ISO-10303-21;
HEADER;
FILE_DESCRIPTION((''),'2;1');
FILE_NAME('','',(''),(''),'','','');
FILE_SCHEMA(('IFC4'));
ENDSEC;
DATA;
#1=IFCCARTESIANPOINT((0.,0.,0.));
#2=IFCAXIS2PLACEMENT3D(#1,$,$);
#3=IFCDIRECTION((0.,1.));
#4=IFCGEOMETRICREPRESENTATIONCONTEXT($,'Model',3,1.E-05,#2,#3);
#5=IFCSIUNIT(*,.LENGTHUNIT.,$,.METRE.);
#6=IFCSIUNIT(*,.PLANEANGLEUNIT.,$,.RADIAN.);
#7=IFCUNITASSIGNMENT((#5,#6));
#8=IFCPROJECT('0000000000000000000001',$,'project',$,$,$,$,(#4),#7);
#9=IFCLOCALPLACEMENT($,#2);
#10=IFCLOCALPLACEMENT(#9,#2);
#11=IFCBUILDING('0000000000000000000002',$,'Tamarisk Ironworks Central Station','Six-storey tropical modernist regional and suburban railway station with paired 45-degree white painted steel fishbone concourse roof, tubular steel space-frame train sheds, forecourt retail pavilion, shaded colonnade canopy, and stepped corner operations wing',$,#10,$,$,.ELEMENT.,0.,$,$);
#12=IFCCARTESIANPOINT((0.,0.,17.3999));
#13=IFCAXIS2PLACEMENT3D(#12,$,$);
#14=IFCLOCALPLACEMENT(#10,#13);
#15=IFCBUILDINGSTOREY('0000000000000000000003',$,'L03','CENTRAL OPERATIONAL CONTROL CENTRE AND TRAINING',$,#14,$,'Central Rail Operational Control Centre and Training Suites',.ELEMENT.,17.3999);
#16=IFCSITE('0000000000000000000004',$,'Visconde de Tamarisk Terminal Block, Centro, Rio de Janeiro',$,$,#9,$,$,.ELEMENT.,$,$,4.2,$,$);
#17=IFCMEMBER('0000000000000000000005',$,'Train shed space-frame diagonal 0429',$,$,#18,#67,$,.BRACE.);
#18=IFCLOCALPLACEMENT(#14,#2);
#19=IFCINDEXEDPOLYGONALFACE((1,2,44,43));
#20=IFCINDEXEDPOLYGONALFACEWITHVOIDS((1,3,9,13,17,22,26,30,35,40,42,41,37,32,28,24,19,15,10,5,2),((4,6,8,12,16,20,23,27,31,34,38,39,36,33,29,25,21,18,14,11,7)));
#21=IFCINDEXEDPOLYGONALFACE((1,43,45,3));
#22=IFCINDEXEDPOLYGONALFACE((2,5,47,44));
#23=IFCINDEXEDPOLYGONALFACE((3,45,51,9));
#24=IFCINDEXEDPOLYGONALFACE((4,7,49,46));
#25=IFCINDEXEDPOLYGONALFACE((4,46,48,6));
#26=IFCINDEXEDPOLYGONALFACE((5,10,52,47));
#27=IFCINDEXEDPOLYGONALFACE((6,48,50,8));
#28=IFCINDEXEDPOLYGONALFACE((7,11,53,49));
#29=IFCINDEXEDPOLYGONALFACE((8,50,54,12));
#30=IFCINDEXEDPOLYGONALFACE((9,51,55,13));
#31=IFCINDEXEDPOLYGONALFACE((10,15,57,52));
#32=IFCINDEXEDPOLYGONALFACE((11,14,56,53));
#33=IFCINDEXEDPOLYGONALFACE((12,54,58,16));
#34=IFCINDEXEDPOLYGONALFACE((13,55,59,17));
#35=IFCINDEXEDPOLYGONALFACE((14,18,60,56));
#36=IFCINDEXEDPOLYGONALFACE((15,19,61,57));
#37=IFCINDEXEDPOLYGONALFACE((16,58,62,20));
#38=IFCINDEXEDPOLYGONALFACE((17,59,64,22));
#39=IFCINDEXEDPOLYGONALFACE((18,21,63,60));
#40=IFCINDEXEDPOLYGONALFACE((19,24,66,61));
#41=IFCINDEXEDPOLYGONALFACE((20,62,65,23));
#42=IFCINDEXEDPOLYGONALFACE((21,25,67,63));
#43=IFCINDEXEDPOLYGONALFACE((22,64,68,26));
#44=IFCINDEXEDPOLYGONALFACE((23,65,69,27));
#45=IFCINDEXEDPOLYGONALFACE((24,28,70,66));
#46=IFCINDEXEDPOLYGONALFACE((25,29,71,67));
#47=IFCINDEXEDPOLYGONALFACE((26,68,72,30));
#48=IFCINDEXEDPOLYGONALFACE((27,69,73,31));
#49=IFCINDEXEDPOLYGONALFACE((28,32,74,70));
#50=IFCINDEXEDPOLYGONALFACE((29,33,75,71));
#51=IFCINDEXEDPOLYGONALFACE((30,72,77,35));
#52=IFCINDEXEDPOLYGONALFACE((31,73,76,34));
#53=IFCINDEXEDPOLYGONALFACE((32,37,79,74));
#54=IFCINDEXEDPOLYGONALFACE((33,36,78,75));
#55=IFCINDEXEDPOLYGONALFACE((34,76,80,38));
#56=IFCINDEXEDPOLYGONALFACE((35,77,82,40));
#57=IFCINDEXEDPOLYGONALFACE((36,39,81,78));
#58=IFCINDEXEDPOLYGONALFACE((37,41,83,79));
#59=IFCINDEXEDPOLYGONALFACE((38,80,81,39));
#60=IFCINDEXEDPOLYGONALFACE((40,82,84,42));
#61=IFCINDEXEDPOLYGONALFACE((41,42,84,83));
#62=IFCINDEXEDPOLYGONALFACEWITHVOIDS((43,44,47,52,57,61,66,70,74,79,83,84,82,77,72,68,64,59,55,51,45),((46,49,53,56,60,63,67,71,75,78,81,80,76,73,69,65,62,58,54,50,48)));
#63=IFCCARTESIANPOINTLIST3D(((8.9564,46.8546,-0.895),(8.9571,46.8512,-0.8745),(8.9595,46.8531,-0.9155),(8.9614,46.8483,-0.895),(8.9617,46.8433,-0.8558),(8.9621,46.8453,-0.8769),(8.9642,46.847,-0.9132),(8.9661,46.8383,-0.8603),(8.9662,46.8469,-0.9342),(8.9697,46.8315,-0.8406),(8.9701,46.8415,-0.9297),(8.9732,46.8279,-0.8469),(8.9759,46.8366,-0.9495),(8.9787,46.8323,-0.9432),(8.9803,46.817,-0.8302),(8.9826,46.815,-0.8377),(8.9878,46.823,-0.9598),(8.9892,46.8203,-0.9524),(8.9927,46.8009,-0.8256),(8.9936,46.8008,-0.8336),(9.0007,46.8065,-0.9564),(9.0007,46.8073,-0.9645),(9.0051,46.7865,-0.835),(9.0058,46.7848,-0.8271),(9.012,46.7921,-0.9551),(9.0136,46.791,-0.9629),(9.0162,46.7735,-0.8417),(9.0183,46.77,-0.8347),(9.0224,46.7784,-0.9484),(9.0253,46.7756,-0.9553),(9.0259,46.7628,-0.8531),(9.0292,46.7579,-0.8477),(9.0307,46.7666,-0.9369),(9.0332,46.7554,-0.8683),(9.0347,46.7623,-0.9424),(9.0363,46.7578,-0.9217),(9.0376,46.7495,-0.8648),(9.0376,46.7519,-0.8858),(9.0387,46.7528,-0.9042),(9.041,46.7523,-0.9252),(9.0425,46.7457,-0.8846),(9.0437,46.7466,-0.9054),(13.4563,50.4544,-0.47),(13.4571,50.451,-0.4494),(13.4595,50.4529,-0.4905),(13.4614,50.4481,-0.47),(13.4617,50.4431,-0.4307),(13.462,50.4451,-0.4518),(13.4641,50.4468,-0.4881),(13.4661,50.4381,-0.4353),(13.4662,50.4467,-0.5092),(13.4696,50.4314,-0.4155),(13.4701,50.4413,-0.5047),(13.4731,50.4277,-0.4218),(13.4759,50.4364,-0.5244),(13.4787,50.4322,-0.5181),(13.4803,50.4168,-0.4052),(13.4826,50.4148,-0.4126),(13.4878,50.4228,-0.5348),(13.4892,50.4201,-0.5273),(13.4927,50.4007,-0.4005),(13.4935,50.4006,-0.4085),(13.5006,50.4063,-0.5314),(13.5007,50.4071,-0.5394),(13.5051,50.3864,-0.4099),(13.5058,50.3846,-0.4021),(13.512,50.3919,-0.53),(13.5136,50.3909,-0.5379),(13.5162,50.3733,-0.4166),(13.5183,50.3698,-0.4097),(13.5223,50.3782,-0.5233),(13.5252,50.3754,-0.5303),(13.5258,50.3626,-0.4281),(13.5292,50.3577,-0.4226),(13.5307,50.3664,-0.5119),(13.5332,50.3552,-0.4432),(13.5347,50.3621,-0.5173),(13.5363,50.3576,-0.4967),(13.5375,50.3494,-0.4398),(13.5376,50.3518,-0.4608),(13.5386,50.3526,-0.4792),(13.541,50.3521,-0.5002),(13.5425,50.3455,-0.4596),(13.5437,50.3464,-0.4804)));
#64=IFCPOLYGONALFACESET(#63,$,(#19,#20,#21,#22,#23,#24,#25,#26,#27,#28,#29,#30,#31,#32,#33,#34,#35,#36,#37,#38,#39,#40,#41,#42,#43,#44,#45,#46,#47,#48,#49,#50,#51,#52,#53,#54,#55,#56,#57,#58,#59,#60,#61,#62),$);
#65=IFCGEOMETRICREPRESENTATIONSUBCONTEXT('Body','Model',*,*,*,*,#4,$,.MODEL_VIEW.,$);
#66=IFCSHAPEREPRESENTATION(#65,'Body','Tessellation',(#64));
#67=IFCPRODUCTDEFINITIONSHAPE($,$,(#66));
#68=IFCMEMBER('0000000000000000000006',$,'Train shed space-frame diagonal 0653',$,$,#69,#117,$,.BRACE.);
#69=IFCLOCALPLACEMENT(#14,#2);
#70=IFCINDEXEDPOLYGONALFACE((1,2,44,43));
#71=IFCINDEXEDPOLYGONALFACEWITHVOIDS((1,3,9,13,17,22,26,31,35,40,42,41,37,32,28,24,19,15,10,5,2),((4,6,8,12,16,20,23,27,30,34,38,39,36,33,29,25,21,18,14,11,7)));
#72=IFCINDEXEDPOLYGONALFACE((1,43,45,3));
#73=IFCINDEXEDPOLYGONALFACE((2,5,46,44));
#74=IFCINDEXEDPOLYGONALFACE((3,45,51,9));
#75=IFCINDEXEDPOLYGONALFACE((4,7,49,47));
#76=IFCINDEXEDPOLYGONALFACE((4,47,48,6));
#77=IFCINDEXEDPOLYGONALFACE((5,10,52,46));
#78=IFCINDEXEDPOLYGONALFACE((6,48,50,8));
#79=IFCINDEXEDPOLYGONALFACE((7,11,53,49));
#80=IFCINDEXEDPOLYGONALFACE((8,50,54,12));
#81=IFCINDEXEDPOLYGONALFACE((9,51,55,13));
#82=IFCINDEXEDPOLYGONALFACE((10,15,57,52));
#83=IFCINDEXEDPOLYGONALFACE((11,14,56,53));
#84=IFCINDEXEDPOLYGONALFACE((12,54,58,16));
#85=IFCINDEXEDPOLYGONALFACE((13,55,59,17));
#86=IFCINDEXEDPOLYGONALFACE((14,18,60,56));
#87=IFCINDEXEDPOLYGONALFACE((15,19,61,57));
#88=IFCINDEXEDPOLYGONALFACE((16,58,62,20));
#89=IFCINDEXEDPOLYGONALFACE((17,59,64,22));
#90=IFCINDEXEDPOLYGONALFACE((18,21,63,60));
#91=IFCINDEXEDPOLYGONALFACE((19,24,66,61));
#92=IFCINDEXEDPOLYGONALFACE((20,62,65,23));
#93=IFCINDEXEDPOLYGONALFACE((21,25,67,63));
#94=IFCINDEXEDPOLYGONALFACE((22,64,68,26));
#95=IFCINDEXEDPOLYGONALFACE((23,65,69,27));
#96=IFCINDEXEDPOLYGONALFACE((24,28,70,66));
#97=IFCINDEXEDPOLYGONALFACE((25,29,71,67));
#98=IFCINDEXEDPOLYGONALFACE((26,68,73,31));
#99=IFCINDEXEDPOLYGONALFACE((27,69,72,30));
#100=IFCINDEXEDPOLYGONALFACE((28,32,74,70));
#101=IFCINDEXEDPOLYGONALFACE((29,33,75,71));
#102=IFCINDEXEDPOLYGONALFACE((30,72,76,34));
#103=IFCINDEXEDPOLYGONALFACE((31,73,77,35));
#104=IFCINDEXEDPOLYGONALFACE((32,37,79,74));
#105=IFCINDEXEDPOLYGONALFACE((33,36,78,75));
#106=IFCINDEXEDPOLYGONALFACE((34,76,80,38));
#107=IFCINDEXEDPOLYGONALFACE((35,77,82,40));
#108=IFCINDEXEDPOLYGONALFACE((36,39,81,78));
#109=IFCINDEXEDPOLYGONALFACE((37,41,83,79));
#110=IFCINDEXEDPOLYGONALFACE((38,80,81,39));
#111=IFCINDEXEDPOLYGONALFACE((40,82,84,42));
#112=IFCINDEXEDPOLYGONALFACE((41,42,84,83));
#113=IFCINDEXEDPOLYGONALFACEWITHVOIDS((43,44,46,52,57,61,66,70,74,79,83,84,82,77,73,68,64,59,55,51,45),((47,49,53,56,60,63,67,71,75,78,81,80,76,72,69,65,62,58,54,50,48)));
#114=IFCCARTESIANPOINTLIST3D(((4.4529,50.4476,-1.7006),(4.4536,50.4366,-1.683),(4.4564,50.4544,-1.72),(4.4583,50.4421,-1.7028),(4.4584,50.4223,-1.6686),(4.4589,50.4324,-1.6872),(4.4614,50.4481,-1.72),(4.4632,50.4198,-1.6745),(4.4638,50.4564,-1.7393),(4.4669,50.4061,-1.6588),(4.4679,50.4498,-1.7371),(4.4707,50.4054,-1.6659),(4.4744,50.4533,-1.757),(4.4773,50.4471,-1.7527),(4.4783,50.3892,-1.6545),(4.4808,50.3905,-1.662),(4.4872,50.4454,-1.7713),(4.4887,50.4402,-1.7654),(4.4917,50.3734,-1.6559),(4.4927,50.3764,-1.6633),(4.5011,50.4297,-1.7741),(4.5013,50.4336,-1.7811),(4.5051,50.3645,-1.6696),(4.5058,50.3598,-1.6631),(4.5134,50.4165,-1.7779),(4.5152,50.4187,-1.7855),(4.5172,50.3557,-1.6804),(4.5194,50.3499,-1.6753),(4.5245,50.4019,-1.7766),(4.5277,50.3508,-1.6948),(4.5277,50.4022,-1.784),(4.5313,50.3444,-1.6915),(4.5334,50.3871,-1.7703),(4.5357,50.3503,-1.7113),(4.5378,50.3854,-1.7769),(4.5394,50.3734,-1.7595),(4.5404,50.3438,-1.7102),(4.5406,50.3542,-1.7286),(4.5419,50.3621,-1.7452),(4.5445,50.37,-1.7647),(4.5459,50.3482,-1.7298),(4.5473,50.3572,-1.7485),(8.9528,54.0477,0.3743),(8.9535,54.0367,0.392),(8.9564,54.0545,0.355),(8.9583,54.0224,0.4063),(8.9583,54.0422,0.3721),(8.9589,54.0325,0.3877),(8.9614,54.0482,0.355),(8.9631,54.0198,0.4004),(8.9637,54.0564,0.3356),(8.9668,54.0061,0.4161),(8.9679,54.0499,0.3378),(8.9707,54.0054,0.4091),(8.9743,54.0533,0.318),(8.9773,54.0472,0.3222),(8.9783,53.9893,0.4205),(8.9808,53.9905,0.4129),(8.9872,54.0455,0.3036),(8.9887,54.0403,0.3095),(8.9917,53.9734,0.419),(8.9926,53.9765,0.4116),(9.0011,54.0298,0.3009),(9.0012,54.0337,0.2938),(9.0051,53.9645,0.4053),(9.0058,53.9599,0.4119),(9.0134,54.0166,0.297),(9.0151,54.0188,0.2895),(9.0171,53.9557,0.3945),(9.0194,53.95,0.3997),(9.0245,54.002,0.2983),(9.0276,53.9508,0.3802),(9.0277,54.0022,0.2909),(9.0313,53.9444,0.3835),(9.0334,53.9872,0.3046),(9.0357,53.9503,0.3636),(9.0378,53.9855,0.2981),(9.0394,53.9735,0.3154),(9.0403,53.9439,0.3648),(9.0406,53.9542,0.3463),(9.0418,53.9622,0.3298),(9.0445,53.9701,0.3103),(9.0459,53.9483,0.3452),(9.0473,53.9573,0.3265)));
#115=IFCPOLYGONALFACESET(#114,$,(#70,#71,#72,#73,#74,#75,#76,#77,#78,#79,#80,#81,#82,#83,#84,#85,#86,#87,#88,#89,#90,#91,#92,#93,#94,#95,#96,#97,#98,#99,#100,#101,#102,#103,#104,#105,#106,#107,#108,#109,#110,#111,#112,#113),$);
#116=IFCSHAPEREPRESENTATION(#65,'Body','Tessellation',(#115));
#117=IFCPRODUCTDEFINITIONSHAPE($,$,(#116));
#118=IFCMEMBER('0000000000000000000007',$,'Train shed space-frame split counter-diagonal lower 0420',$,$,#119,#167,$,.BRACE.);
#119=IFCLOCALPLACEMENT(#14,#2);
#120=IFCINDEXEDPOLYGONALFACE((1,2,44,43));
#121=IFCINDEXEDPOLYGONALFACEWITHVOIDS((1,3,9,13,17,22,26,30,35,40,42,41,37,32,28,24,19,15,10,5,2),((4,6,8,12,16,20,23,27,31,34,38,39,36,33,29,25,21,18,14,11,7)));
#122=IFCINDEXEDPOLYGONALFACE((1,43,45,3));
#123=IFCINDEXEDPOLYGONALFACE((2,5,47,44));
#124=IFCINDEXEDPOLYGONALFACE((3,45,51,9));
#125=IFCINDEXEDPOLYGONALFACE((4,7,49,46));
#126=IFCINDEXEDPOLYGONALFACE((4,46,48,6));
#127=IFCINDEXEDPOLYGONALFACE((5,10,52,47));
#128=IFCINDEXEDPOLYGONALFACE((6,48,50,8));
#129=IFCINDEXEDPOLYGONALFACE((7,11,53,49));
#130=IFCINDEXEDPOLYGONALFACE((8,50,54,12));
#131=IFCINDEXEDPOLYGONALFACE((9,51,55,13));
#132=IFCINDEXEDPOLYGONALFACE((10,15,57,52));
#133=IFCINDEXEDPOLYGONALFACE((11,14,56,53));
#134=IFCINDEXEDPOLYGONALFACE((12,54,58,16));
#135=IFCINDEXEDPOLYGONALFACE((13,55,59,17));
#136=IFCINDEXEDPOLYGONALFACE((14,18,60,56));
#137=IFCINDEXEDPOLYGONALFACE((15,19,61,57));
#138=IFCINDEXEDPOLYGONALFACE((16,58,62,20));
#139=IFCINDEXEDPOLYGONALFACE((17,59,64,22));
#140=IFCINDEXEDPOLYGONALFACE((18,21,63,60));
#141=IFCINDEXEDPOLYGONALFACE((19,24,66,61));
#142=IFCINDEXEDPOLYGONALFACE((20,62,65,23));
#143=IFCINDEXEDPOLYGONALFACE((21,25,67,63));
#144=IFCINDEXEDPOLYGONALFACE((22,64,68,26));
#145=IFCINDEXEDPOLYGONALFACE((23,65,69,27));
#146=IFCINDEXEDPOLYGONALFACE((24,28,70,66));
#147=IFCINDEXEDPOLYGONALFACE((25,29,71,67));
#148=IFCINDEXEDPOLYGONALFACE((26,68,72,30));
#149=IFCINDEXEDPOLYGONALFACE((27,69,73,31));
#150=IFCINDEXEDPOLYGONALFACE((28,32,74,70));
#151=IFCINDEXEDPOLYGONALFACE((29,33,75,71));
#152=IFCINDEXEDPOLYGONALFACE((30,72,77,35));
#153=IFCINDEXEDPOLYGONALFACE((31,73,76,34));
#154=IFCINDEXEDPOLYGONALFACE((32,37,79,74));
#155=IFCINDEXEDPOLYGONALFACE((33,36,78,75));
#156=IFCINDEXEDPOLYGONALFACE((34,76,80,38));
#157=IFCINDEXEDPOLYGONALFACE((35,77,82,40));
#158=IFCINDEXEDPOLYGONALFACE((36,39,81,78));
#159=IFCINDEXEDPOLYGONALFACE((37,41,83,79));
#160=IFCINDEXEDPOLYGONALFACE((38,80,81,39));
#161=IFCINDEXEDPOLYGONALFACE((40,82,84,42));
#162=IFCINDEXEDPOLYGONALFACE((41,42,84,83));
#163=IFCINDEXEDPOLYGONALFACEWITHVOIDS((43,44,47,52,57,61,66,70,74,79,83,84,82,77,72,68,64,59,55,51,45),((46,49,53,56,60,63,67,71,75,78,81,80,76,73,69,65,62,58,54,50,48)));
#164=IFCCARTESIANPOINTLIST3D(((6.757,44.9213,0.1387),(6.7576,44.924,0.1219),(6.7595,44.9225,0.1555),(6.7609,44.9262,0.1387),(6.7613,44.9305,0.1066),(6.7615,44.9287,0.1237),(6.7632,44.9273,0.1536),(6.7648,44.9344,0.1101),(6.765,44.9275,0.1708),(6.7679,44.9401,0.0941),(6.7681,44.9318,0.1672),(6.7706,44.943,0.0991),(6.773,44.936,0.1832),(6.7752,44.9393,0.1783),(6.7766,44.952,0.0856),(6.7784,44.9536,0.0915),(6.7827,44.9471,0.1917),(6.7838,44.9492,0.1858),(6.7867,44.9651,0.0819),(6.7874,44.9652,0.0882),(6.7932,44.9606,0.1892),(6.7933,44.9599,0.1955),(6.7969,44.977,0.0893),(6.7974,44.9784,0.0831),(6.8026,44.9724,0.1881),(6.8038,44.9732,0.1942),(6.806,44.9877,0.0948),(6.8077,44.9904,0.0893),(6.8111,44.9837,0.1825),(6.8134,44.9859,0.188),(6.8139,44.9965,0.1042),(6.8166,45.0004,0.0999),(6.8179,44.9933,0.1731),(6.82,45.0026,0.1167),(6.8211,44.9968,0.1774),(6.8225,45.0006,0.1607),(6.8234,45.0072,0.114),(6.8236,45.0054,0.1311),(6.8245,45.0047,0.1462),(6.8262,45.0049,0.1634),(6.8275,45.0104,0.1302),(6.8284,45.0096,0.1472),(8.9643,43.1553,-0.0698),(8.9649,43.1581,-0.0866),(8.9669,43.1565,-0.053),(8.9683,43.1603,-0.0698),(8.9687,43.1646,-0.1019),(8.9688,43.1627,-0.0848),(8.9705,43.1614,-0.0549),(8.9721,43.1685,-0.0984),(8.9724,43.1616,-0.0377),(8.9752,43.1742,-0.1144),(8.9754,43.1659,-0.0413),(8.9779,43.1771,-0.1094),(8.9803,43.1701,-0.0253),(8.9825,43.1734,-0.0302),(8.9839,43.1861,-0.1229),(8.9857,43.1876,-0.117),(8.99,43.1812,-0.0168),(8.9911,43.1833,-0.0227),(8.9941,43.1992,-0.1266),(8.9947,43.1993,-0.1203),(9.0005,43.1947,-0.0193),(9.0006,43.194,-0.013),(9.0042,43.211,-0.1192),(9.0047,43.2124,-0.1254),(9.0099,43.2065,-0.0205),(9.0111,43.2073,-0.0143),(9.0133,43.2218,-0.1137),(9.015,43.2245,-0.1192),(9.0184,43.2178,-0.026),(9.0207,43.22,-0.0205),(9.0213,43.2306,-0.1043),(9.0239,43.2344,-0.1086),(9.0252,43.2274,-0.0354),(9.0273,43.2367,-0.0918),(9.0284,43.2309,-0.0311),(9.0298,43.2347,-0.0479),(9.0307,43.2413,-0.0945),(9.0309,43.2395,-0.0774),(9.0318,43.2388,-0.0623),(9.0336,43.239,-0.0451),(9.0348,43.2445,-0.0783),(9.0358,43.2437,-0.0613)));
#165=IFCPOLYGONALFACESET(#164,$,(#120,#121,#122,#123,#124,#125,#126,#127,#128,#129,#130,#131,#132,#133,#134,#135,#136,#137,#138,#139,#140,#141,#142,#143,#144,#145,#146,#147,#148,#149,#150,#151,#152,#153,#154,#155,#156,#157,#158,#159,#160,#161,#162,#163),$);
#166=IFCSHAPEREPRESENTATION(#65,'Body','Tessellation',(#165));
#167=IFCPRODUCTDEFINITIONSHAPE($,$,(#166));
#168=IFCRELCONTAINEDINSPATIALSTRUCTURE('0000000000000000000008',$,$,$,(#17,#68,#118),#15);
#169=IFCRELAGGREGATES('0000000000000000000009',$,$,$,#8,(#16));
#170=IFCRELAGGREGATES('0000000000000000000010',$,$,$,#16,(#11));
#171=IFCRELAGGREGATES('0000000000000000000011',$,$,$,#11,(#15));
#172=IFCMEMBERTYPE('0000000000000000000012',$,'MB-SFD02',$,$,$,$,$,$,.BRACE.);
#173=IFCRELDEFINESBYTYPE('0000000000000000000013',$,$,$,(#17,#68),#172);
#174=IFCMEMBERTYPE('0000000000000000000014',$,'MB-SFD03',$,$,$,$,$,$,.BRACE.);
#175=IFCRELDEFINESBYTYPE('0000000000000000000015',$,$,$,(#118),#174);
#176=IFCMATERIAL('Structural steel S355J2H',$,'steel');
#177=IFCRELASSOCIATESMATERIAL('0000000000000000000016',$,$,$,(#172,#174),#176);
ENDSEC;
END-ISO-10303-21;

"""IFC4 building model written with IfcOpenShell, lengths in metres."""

from ifc_helpers import new_model, si_unit, direction, frame, origin, origin_2d, place, context, subcontext, project, spatial, hollow_circle, extrude, material, material_profile, profile_set, type_object, element, save


model = new_model("IFC4")

# Units and contexts
model_context = context("Model", 3, precision=1e-05, world=origin(), true_north=direction((0.0, 1.0)))
body_context = subcontext(model_context, "Body", "Model", "MODEL_VIEW")
ifc_project = project(units=[si_unit("LENGTHUNIT", "METRE"), si_unit("PLANEANGLEUNIT", "RADIAN")], contexts=[model_context])

# Site, building, storey
site_placement = place(None, origin())
site = spatial("IfcSite", under=ifc_project, at=site_placement, Name="Visconde de Tamarisk Terminal Block, Centro, Rio de Janeiro", CompositionType="ELEMENT", RefElevation=4.2)
building_placement = place(site_placement, origin())
building = spatial("IfcBuilding", under=site, at=building_placement, Name="Tamarisk Ironworks Central Station", Description="Six-storey tropical modernist regional and suburban railway station with paired 45-degree white painted steel fishbone concourse roof, tubular steel space-frame train sheds, forecourt retail pavilion, shaded colonnade canopy, and stepped corner operations wing", CompositionType="ELEMENT", ElevationOfRefHeight=0.0)
storey_placement = place(building_placement, frame((0.0, 0.0, 17.3999)))
storey = spatial("IfcBuildingStorey", under=building, at=storey_placement, Name="L03", Description="CENTRAL OPERATIONAL CONTROL CENTRE AND TRAINING", LongName="Central Rail Operational Control Centre and Training Suites", CompositionType="ELEMENT", Elevation=17.3999)

# Members
ifc_material_1 = material(Name="Structural steel S355J2H", Category="steel")
ifc_material_profile_1 = material_profile(ifc_material_1, hollow_circle(Radius=0.0698, WallThickness=0.0081, at=origin_2d()), Name="CHS 139.7x8")
ifc_profile_set_1 = profile_set([ifc_material_profile_1], Name="Structural steel S355J2H")
member_type_1 = type_object("IfcMemberType", Name="MB-SFD02", PredefinedType="BRACE", material=ifc_profile_set_1)
member_1_placement = place(storey_placement, frame((9.0, 46.8, -0.895), z_axis=(0.778766, 0.622987, 0.073559), x_axis=(-0.62468, 0.780881, 0.0)))
element("IfcMember", 1, at=member_1_placement, inside=storey, type_object=member_type_1, Name="Train shed space-frame diagonal 0429", PredefinedType="BRACE", context=body_context, shape_type="SweptSolid", body=[
    extrude(hollow_circle(Radius=0.0698, WallThickness=0.0081, at=origin_2d()), origin(), (0.0, 0.0, 1.0), 5.7783),
])
member_2_placement = place(storey_placement, frame((4.5, 50.3999, -1.72), z_axis=(0.734689, 0.587767, 0.338765), x_axis=(-0.624705, 0.780861, 0.0)))
element("IfcMember", 2, at=member_2_placement, inside=storey, type_object=member_type_1, Name="Train shed space-frame diagonal 0653", PredefinedType="BRACE", context=body_context, shape_type="SweptSolid", body=[
    extrude(hollow_circle(Radius=0.0698, WallThickness=0.0081, at=origin_2d()), origin(), (0.0, 0.0, 1.0), 6.125),
])
ifc_material_profile_2 = material_profile(ifc_material_1, hollow_circle(Radius=0.0571, WallThickness=0.0063, at=origin_2d()), Name="CHS 114.3x6.3")
ifc_profile_set_2 = profile_set([ifc_material_profile_2], Name="Structural steel S355J2H")
member_type_2 = type_object("IfcMemberType", Name="MB-SFD03", PredefinedType="BRACE", material=ifc_profile_set_2)
for number, where, z_axis, x_axis, name in (
    (3, (9.0, 43.2, -0.0698), (-0.778745, 0.623013, 0.073559), (-0.624706, -0.78086, 0.0), "Train shed space-frame split counter-diagonal lower 0420"),
):
    element("IfcMember", number, at=place(storey_placement, frame(where, z_axis=z_axis, x_axis=x_axis)), inside=storey, type_object=member_type_2, Name=name, PredefinedType="BRACE", context=body_context, shape_type="SweptSolid", body=[
        extrude(hollow_circle(Radius=0.0571, WallThickness=0.0063, at=origin_2d()), origin(), (0.0, 0.0, 1.0), 2.8345),
    ])

save(model, "model.ifc")
